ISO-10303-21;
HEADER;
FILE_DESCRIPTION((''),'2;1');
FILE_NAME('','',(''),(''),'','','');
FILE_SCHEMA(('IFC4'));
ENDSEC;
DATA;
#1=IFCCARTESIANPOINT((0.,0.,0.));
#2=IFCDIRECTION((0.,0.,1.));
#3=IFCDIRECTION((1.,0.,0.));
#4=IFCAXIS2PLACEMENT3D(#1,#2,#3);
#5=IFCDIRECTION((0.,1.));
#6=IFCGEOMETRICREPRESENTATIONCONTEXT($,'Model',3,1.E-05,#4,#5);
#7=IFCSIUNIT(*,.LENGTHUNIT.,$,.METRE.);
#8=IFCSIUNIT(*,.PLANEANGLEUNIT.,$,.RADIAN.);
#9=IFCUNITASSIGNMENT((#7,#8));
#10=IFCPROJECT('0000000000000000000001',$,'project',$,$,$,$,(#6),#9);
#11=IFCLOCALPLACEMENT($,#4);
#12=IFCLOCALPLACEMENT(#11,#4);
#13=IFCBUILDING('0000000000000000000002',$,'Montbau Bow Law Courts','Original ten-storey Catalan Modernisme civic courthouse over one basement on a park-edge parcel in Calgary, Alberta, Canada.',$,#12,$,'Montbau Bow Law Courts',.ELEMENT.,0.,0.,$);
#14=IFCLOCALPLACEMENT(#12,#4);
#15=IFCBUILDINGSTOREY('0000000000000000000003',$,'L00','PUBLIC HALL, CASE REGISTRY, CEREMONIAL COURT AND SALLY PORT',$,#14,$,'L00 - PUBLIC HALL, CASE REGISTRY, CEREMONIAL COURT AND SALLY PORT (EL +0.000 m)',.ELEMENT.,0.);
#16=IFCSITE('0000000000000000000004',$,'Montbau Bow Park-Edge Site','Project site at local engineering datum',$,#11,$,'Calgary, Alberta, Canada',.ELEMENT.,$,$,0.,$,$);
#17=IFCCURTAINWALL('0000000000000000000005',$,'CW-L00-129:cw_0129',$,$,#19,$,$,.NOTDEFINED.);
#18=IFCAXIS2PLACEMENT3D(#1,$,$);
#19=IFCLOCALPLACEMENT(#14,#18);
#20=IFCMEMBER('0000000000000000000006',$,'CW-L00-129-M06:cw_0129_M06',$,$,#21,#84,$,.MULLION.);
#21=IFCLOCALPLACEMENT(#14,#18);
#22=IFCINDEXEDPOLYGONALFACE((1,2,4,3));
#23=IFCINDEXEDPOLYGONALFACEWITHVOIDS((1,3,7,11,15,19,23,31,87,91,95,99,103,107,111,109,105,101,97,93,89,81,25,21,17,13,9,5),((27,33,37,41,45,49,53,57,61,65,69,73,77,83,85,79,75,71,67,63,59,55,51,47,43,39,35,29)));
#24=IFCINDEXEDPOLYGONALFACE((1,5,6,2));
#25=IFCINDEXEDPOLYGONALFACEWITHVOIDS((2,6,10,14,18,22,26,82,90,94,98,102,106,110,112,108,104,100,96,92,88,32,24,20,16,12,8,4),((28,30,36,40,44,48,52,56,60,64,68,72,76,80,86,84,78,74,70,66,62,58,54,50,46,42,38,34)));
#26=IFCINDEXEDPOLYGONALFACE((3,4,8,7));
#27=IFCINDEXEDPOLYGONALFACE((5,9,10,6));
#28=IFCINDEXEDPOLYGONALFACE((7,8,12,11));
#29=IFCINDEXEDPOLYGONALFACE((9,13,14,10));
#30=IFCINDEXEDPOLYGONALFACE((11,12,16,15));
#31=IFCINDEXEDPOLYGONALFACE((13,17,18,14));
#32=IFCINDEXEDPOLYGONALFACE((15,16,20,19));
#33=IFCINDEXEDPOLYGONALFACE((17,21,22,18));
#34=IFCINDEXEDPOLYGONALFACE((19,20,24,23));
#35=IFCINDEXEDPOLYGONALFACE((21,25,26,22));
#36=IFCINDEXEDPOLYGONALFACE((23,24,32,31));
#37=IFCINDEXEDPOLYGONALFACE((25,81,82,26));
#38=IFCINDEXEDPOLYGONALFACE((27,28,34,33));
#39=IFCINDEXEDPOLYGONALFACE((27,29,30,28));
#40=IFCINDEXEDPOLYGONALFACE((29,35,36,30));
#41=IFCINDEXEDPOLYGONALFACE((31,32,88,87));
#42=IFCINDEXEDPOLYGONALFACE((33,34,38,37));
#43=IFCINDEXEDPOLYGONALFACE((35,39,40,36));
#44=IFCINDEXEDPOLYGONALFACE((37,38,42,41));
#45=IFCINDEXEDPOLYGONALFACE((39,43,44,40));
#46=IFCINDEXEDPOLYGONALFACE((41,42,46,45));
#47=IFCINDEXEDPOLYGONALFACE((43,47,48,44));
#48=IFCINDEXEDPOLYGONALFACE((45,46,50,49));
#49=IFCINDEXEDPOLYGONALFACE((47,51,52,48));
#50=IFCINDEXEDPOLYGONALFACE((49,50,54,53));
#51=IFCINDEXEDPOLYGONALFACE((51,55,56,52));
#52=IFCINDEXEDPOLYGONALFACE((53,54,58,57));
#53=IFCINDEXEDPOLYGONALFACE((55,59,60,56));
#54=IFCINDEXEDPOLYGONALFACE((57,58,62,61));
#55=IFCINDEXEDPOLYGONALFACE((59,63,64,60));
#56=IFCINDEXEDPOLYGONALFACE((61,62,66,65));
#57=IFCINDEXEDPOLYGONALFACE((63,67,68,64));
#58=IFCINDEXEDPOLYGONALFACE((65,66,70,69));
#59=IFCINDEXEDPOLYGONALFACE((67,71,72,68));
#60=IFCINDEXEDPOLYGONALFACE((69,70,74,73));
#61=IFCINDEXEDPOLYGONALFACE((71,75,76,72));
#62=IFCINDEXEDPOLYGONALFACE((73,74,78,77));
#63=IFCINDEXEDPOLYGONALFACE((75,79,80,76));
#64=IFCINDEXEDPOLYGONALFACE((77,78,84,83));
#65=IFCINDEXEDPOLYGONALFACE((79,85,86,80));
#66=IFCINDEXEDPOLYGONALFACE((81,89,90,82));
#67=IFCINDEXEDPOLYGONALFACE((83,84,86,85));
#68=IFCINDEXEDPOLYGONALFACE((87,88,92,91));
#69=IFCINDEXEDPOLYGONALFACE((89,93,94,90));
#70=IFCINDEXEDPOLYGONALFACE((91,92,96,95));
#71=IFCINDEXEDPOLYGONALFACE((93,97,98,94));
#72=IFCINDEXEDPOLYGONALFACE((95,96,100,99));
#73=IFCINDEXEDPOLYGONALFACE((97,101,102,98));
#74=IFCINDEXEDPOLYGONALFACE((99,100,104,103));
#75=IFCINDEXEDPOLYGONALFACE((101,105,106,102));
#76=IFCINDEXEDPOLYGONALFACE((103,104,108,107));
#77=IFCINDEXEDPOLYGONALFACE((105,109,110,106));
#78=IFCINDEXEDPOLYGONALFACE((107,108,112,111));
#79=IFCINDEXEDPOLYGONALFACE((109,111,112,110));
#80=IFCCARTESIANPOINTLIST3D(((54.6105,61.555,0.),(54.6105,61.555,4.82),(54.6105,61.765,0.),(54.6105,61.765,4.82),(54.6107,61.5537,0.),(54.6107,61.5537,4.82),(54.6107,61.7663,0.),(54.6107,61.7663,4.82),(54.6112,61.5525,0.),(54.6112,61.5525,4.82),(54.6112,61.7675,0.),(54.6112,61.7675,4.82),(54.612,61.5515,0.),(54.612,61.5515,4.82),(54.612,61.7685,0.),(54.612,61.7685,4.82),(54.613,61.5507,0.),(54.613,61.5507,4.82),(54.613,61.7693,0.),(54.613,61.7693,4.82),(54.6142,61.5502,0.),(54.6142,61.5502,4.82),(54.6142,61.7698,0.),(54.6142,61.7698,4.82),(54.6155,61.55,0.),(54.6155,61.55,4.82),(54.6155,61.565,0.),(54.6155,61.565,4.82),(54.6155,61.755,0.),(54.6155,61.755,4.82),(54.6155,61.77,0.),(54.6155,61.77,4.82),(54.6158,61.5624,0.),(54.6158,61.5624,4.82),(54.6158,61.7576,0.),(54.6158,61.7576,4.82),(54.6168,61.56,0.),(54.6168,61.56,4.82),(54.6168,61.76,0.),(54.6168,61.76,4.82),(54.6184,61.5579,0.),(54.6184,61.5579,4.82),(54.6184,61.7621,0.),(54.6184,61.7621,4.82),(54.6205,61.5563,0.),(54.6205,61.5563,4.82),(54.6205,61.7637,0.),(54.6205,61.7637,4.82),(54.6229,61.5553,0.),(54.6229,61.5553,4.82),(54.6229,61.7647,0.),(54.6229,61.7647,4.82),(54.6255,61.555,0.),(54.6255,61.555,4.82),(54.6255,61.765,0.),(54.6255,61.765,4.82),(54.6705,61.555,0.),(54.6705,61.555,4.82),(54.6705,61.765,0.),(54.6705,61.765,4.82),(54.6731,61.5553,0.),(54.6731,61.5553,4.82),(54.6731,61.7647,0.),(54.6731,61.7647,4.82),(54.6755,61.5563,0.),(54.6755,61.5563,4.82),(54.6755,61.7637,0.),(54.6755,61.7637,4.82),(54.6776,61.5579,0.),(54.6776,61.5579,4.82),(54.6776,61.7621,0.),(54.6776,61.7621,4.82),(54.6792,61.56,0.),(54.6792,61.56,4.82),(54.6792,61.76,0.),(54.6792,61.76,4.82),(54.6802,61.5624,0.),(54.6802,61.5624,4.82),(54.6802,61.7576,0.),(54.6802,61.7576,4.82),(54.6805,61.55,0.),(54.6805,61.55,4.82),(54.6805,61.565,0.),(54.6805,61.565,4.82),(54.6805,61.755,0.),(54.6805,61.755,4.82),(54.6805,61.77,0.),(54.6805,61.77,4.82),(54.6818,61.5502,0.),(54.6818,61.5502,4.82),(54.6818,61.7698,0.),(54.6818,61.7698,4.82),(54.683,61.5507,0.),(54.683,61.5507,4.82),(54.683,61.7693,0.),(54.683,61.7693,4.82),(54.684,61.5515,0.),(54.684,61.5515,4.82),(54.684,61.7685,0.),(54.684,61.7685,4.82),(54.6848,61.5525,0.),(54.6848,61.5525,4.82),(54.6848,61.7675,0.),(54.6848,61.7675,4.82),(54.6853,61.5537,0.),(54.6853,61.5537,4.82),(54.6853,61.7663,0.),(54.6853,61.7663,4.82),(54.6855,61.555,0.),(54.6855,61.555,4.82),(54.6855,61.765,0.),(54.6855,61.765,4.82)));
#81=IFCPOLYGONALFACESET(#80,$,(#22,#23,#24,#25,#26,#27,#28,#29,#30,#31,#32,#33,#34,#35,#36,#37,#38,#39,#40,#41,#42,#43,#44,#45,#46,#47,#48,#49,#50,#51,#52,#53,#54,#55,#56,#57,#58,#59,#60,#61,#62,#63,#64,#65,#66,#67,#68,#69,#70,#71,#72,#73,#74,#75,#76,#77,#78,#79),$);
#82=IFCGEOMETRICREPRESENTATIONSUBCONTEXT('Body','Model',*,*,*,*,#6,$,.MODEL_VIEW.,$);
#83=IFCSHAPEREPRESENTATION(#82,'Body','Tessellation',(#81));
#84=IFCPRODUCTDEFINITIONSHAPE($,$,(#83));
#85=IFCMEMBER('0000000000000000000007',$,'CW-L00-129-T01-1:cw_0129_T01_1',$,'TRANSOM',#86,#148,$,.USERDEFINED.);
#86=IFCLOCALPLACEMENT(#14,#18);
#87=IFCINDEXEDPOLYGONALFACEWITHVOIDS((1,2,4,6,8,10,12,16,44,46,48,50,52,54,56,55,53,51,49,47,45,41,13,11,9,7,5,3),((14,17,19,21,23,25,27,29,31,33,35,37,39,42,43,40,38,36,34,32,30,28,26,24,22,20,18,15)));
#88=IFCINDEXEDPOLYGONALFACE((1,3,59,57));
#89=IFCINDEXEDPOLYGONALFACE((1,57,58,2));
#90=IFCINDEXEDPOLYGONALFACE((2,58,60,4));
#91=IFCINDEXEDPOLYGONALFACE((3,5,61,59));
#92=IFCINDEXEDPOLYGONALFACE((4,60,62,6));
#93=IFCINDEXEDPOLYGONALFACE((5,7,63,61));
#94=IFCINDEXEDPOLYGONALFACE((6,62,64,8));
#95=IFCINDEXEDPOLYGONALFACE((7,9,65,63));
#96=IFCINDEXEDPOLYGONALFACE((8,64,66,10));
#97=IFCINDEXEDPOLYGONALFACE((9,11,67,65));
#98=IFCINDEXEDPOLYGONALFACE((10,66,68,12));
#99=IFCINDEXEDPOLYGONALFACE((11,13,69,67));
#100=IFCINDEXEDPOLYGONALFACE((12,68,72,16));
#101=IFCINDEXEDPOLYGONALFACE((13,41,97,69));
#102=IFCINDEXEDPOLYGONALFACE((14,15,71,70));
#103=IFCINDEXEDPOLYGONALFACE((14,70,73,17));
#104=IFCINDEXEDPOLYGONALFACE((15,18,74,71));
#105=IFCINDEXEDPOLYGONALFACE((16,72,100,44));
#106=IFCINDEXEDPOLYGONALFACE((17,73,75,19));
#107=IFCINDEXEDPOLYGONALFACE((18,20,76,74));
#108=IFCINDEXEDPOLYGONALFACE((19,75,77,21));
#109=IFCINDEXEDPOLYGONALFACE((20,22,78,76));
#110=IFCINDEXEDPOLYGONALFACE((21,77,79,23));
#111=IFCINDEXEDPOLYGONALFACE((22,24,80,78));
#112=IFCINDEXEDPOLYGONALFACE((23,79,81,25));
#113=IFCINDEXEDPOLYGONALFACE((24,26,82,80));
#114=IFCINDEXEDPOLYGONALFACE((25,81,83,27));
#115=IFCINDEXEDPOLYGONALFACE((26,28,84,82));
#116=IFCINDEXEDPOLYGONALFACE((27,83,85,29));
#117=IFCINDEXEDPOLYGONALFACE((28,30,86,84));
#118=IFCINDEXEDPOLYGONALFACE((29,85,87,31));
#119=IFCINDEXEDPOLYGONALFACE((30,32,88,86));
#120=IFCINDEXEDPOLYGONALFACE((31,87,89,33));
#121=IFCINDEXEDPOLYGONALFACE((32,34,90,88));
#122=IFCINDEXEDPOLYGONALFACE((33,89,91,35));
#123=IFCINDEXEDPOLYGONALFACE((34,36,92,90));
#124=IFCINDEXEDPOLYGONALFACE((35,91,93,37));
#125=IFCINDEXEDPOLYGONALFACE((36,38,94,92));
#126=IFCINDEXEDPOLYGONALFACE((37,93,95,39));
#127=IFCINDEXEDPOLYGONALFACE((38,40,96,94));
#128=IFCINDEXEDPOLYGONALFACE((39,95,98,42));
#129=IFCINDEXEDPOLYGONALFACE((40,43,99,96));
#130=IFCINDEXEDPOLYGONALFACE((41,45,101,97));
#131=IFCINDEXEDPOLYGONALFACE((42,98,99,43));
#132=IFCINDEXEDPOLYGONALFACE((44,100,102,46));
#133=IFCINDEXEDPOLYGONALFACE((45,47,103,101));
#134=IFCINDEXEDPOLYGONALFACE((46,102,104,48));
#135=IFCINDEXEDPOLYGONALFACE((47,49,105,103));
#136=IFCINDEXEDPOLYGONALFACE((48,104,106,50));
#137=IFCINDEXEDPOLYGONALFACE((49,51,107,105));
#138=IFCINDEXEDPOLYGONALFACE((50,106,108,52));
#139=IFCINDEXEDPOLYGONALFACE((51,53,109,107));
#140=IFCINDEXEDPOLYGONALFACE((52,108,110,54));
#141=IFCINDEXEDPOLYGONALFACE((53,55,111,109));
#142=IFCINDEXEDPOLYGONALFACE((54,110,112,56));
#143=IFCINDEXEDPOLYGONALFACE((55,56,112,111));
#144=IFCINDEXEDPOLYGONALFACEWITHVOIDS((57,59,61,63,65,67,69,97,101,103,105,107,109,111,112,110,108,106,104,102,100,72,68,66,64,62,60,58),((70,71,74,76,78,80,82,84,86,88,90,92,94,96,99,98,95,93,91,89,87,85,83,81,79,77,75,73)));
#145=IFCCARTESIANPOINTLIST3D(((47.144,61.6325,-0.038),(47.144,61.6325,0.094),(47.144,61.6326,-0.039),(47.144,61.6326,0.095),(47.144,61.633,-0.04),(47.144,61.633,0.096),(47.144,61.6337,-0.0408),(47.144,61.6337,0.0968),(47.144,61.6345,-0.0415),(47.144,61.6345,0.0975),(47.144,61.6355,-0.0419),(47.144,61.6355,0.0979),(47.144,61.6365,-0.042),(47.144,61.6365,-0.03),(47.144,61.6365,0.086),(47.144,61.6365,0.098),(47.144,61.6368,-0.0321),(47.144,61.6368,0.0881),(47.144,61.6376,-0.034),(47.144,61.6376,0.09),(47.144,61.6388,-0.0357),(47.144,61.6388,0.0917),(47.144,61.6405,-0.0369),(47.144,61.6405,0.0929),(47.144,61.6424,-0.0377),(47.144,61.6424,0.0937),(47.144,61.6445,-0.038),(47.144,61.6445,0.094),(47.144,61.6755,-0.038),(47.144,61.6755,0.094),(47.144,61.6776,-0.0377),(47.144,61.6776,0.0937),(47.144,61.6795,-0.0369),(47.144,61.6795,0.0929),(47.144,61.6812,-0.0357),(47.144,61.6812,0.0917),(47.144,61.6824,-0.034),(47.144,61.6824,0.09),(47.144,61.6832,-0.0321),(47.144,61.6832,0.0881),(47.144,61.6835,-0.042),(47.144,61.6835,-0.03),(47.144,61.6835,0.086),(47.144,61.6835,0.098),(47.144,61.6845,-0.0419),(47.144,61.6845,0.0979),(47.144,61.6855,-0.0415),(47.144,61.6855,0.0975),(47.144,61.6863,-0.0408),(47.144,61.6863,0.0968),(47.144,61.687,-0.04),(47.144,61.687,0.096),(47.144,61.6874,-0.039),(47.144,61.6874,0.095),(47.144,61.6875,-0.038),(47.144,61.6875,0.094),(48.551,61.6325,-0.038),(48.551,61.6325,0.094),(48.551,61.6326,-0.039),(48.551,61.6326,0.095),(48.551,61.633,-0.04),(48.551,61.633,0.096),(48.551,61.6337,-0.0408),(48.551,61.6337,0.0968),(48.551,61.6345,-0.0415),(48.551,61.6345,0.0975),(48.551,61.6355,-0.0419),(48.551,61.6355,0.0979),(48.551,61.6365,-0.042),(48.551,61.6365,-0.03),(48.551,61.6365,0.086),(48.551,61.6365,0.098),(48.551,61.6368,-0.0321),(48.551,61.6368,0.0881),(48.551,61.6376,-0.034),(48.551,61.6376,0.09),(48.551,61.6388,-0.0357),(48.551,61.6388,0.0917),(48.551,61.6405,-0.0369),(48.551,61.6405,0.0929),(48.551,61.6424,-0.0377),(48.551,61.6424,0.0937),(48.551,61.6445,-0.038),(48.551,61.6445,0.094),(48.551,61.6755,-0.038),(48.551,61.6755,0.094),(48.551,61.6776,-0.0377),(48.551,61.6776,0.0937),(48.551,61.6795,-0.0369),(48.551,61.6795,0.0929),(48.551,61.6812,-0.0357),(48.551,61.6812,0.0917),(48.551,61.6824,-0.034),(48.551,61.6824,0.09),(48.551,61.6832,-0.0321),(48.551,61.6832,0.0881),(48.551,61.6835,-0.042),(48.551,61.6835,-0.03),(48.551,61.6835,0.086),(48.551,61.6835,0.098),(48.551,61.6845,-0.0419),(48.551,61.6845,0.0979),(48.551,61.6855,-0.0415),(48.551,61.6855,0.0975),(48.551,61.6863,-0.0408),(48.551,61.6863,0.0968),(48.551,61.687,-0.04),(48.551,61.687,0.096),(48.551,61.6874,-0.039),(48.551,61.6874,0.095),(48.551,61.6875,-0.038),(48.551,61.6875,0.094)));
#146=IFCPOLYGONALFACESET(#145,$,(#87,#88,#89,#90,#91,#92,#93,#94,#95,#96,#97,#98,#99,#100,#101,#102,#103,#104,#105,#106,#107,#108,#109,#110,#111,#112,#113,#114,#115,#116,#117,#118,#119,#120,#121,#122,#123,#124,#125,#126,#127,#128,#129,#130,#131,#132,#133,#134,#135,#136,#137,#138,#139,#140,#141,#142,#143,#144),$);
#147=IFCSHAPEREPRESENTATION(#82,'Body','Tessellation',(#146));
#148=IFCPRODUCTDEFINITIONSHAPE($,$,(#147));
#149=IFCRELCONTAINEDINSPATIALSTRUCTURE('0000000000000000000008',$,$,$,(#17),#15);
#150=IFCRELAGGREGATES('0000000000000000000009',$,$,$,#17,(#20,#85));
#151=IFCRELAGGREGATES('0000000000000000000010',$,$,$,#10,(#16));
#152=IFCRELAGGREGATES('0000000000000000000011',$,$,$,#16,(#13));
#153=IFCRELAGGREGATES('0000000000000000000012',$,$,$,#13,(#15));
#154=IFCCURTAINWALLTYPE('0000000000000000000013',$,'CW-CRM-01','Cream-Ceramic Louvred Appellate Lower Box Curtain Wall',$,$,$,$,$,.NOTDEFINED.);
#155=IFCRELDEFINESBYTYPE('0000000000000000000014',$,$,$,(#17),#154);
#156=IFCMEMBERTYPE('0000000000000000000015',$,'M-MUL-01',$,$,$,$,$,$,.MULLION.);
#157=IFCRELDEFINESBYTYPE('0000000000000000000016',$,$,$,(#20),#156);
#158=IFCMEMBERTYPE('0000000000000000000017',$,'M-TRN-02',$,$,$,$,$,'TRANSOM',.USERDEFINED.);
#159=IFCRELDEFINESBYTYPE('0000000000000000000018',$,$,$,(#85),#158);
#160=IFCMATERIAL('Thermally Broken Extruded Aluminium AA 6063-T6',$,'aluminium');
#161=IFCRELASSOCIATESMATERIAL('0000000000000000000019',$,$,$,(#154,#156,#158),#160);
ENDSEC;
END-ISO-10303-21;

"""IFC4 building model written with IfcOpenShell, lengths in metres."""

from ifc_helpers import new_model, si_unit, direction, frame, origin_with_axes, origin_2d_with_axis, place, context, subcontext, project, spatial, hollow_rectangle, extrude, material, material_profile, profile_set, type_object, element, aggregate, save


model = new_model("IFC4")

# Units and contexts
model_context = context("Model", 3, precision=1e-05, world=origin_with_axes(), true_north=direction((0.0, 1.0)))
body_context = subcontext(model_context, "Body", "Model", "MODEL_VIEW")
ifc_project = project(units=[si_unit("LENGTHUNIT", "METRE"), si_unit("PLANEANGLEUNIT", "RADIAN")], contexts=[model_context])

# Site, building, storey
site_placement = place(None, origin_with_axes())
site = spatial("IfcSite", under=ifc_project, at=site_placement, Name="Montbau Bow Park-Edge Site", Description="Project site at local engineering datum", LongName="Calgary, Alberta, Canada", CompositionType="ELEMENT", RefElevation=0.0)
building_placement = place(site_placement, origin_with_axes())
building = spatial("IfcBuilding", under=site, at=building_placement, Name="Montbau Bow Law Courts", Description="Original ten-storey Catalan Modernisme civic courthouse over one basement on a park-edge parcel in Calgary, Alberta, Canada.", LongName="Montbau Bow Law Courts", CompositionType="ELEMENT", ElevationOfRefHeight=0.0, ElevationOfTerrain=0.0)
storey_placement = place(building_placement, origin_with_axes())
storey = spatial("IfcBuildingStorey", under=building, at=storey_placement, Name="L00", Description="PUBLIC HALL, CASE REGISTRY, CEREMONIAL COURT AND SALLY PORT", LongName="L00 - PUBLIC HALL, CASE REGISTRY, CEREMONIAL COURT AND SALLY PORT (EL +0.000 m)", CompositionType="ELEMENT", Elevation=0.0)

# Curtain wall, members
ifc_material_1 = material(Name="Thermally Broken Extruded Aluminium AA 6063-T6", Category="aluminium")
curtain_wall_type = type_object("IfcCurtainWallType", Name="CW-CRM-01", Description="Cream-Ceramic Louvred Appellate Lower Box Curtain Wall", PredefinedType="NOTDEFINED", material=ifc_material_1)
curtain_wall_placement = place(None, frame((47.068, 61.66, 0.0), z_axis=(0.0, 0.0, 1.0), x_axis=(1.0, 0.0, 0.0)))
curtain_wall = element("IfcCurtainWall", 1, at=curtain_wall_placement, inside=storey, type_object=curtain_wall_type, Name="CW-L00-129:cw_0129", PredefinedType="NOTDEFINED")
ifc_material_profile_1 = material_profile(ifc_material_1, hollow_rectangle(XDim=0.075, YDim=0.22, WallThickness=0.005, InnerFilletRadius=0.01, OuterFilletRadius=0.005, at=origin_2d_with_axis()), Name="CWM-220X75", Category="Main", Priority=0)
ifc_profile_set_1 = profile_set([ifc_material_profile_1], Name="Thermally Broken Extruded Aluminium AA 6063-T6")
member_type_1 = type_object("IfcMemberType", Name="M-MUL-01", PredefinedType="MULLION", material=ifc_profile_set_1)
member_1_placement = place(None, frame((54.648, 61.66, 0.0), z_axis=(0.0, 0.0, 1.0), x_axis=(1.0, 0.0, 0.0)))
member_1 = element("IfcMember", 2, at=member_1_placement, type_object=member_type_1, Name="CW-L00-129-M06:cw_0129_M06", PredefinedType="MULLION", context=body_context, shape_type="SweptSolid", body=[
    extrude(hollow_rectangle(XDim=0.075, YDim=0.22, WallThickness=0.005, InnerFilletRadius=0.01, OuterFilletRadius=0.005, at=origin_2d_with_axis()), origin_with_axes(), (0.0, 0.0, 1.0), 4.82),
])
ifc_material_profile_2 = material_profile(ifc_material_1, hollow_rectangle(XDim=0.055, YDim=0.14, WallThickness=0.004, InnerFilletRadius=0.008, OuterFilletRadius=0.004, at=origin_2d_with_axis()), Name="CWT-140X55", Category="Main", Priority=0)
ifc_profile_set_2 = profile_set([ifc_material_profile_2], Name="Thermally Broken Extruded Aluminium AA 6063-T6")
member_type_2 = type_object("IfcMemberType", Name="M-TRN-02", ElementType="TRANSOM", PredefinedType="USERDEFINED", material=ifc_profile_set_2)
member_2_placement = place(None, frame((47.144, 61.66, 0.028), z_axis=(1.0, 0.0, 0.0), x_axis=(0.0, 1.0, 0.0)))
member_2 = element("IfcMember", 3, at=member_2_placement, type_object=member_type_2, Name="CW-L00-129-T01-1:cw_0129_T01_1", ObjectType="TRANSOM", PredefinedType="USERDEFINED", context=body_context, shape_type="SweptSolid", body=[
    extrude(hollow_rectangle(XDim=0.055, YDim=0.14, WallThickness=0.004, InnerFilletRadius=0.008, OuterFilletRadius=0.004, at=origin_2d_with_axis()), origin_with_axes(), (0.0, 0.0, 1.0), 1.407),
])
aggregate(curtain_wall, [member_1, member_2])

save(model, "model.ifc")
